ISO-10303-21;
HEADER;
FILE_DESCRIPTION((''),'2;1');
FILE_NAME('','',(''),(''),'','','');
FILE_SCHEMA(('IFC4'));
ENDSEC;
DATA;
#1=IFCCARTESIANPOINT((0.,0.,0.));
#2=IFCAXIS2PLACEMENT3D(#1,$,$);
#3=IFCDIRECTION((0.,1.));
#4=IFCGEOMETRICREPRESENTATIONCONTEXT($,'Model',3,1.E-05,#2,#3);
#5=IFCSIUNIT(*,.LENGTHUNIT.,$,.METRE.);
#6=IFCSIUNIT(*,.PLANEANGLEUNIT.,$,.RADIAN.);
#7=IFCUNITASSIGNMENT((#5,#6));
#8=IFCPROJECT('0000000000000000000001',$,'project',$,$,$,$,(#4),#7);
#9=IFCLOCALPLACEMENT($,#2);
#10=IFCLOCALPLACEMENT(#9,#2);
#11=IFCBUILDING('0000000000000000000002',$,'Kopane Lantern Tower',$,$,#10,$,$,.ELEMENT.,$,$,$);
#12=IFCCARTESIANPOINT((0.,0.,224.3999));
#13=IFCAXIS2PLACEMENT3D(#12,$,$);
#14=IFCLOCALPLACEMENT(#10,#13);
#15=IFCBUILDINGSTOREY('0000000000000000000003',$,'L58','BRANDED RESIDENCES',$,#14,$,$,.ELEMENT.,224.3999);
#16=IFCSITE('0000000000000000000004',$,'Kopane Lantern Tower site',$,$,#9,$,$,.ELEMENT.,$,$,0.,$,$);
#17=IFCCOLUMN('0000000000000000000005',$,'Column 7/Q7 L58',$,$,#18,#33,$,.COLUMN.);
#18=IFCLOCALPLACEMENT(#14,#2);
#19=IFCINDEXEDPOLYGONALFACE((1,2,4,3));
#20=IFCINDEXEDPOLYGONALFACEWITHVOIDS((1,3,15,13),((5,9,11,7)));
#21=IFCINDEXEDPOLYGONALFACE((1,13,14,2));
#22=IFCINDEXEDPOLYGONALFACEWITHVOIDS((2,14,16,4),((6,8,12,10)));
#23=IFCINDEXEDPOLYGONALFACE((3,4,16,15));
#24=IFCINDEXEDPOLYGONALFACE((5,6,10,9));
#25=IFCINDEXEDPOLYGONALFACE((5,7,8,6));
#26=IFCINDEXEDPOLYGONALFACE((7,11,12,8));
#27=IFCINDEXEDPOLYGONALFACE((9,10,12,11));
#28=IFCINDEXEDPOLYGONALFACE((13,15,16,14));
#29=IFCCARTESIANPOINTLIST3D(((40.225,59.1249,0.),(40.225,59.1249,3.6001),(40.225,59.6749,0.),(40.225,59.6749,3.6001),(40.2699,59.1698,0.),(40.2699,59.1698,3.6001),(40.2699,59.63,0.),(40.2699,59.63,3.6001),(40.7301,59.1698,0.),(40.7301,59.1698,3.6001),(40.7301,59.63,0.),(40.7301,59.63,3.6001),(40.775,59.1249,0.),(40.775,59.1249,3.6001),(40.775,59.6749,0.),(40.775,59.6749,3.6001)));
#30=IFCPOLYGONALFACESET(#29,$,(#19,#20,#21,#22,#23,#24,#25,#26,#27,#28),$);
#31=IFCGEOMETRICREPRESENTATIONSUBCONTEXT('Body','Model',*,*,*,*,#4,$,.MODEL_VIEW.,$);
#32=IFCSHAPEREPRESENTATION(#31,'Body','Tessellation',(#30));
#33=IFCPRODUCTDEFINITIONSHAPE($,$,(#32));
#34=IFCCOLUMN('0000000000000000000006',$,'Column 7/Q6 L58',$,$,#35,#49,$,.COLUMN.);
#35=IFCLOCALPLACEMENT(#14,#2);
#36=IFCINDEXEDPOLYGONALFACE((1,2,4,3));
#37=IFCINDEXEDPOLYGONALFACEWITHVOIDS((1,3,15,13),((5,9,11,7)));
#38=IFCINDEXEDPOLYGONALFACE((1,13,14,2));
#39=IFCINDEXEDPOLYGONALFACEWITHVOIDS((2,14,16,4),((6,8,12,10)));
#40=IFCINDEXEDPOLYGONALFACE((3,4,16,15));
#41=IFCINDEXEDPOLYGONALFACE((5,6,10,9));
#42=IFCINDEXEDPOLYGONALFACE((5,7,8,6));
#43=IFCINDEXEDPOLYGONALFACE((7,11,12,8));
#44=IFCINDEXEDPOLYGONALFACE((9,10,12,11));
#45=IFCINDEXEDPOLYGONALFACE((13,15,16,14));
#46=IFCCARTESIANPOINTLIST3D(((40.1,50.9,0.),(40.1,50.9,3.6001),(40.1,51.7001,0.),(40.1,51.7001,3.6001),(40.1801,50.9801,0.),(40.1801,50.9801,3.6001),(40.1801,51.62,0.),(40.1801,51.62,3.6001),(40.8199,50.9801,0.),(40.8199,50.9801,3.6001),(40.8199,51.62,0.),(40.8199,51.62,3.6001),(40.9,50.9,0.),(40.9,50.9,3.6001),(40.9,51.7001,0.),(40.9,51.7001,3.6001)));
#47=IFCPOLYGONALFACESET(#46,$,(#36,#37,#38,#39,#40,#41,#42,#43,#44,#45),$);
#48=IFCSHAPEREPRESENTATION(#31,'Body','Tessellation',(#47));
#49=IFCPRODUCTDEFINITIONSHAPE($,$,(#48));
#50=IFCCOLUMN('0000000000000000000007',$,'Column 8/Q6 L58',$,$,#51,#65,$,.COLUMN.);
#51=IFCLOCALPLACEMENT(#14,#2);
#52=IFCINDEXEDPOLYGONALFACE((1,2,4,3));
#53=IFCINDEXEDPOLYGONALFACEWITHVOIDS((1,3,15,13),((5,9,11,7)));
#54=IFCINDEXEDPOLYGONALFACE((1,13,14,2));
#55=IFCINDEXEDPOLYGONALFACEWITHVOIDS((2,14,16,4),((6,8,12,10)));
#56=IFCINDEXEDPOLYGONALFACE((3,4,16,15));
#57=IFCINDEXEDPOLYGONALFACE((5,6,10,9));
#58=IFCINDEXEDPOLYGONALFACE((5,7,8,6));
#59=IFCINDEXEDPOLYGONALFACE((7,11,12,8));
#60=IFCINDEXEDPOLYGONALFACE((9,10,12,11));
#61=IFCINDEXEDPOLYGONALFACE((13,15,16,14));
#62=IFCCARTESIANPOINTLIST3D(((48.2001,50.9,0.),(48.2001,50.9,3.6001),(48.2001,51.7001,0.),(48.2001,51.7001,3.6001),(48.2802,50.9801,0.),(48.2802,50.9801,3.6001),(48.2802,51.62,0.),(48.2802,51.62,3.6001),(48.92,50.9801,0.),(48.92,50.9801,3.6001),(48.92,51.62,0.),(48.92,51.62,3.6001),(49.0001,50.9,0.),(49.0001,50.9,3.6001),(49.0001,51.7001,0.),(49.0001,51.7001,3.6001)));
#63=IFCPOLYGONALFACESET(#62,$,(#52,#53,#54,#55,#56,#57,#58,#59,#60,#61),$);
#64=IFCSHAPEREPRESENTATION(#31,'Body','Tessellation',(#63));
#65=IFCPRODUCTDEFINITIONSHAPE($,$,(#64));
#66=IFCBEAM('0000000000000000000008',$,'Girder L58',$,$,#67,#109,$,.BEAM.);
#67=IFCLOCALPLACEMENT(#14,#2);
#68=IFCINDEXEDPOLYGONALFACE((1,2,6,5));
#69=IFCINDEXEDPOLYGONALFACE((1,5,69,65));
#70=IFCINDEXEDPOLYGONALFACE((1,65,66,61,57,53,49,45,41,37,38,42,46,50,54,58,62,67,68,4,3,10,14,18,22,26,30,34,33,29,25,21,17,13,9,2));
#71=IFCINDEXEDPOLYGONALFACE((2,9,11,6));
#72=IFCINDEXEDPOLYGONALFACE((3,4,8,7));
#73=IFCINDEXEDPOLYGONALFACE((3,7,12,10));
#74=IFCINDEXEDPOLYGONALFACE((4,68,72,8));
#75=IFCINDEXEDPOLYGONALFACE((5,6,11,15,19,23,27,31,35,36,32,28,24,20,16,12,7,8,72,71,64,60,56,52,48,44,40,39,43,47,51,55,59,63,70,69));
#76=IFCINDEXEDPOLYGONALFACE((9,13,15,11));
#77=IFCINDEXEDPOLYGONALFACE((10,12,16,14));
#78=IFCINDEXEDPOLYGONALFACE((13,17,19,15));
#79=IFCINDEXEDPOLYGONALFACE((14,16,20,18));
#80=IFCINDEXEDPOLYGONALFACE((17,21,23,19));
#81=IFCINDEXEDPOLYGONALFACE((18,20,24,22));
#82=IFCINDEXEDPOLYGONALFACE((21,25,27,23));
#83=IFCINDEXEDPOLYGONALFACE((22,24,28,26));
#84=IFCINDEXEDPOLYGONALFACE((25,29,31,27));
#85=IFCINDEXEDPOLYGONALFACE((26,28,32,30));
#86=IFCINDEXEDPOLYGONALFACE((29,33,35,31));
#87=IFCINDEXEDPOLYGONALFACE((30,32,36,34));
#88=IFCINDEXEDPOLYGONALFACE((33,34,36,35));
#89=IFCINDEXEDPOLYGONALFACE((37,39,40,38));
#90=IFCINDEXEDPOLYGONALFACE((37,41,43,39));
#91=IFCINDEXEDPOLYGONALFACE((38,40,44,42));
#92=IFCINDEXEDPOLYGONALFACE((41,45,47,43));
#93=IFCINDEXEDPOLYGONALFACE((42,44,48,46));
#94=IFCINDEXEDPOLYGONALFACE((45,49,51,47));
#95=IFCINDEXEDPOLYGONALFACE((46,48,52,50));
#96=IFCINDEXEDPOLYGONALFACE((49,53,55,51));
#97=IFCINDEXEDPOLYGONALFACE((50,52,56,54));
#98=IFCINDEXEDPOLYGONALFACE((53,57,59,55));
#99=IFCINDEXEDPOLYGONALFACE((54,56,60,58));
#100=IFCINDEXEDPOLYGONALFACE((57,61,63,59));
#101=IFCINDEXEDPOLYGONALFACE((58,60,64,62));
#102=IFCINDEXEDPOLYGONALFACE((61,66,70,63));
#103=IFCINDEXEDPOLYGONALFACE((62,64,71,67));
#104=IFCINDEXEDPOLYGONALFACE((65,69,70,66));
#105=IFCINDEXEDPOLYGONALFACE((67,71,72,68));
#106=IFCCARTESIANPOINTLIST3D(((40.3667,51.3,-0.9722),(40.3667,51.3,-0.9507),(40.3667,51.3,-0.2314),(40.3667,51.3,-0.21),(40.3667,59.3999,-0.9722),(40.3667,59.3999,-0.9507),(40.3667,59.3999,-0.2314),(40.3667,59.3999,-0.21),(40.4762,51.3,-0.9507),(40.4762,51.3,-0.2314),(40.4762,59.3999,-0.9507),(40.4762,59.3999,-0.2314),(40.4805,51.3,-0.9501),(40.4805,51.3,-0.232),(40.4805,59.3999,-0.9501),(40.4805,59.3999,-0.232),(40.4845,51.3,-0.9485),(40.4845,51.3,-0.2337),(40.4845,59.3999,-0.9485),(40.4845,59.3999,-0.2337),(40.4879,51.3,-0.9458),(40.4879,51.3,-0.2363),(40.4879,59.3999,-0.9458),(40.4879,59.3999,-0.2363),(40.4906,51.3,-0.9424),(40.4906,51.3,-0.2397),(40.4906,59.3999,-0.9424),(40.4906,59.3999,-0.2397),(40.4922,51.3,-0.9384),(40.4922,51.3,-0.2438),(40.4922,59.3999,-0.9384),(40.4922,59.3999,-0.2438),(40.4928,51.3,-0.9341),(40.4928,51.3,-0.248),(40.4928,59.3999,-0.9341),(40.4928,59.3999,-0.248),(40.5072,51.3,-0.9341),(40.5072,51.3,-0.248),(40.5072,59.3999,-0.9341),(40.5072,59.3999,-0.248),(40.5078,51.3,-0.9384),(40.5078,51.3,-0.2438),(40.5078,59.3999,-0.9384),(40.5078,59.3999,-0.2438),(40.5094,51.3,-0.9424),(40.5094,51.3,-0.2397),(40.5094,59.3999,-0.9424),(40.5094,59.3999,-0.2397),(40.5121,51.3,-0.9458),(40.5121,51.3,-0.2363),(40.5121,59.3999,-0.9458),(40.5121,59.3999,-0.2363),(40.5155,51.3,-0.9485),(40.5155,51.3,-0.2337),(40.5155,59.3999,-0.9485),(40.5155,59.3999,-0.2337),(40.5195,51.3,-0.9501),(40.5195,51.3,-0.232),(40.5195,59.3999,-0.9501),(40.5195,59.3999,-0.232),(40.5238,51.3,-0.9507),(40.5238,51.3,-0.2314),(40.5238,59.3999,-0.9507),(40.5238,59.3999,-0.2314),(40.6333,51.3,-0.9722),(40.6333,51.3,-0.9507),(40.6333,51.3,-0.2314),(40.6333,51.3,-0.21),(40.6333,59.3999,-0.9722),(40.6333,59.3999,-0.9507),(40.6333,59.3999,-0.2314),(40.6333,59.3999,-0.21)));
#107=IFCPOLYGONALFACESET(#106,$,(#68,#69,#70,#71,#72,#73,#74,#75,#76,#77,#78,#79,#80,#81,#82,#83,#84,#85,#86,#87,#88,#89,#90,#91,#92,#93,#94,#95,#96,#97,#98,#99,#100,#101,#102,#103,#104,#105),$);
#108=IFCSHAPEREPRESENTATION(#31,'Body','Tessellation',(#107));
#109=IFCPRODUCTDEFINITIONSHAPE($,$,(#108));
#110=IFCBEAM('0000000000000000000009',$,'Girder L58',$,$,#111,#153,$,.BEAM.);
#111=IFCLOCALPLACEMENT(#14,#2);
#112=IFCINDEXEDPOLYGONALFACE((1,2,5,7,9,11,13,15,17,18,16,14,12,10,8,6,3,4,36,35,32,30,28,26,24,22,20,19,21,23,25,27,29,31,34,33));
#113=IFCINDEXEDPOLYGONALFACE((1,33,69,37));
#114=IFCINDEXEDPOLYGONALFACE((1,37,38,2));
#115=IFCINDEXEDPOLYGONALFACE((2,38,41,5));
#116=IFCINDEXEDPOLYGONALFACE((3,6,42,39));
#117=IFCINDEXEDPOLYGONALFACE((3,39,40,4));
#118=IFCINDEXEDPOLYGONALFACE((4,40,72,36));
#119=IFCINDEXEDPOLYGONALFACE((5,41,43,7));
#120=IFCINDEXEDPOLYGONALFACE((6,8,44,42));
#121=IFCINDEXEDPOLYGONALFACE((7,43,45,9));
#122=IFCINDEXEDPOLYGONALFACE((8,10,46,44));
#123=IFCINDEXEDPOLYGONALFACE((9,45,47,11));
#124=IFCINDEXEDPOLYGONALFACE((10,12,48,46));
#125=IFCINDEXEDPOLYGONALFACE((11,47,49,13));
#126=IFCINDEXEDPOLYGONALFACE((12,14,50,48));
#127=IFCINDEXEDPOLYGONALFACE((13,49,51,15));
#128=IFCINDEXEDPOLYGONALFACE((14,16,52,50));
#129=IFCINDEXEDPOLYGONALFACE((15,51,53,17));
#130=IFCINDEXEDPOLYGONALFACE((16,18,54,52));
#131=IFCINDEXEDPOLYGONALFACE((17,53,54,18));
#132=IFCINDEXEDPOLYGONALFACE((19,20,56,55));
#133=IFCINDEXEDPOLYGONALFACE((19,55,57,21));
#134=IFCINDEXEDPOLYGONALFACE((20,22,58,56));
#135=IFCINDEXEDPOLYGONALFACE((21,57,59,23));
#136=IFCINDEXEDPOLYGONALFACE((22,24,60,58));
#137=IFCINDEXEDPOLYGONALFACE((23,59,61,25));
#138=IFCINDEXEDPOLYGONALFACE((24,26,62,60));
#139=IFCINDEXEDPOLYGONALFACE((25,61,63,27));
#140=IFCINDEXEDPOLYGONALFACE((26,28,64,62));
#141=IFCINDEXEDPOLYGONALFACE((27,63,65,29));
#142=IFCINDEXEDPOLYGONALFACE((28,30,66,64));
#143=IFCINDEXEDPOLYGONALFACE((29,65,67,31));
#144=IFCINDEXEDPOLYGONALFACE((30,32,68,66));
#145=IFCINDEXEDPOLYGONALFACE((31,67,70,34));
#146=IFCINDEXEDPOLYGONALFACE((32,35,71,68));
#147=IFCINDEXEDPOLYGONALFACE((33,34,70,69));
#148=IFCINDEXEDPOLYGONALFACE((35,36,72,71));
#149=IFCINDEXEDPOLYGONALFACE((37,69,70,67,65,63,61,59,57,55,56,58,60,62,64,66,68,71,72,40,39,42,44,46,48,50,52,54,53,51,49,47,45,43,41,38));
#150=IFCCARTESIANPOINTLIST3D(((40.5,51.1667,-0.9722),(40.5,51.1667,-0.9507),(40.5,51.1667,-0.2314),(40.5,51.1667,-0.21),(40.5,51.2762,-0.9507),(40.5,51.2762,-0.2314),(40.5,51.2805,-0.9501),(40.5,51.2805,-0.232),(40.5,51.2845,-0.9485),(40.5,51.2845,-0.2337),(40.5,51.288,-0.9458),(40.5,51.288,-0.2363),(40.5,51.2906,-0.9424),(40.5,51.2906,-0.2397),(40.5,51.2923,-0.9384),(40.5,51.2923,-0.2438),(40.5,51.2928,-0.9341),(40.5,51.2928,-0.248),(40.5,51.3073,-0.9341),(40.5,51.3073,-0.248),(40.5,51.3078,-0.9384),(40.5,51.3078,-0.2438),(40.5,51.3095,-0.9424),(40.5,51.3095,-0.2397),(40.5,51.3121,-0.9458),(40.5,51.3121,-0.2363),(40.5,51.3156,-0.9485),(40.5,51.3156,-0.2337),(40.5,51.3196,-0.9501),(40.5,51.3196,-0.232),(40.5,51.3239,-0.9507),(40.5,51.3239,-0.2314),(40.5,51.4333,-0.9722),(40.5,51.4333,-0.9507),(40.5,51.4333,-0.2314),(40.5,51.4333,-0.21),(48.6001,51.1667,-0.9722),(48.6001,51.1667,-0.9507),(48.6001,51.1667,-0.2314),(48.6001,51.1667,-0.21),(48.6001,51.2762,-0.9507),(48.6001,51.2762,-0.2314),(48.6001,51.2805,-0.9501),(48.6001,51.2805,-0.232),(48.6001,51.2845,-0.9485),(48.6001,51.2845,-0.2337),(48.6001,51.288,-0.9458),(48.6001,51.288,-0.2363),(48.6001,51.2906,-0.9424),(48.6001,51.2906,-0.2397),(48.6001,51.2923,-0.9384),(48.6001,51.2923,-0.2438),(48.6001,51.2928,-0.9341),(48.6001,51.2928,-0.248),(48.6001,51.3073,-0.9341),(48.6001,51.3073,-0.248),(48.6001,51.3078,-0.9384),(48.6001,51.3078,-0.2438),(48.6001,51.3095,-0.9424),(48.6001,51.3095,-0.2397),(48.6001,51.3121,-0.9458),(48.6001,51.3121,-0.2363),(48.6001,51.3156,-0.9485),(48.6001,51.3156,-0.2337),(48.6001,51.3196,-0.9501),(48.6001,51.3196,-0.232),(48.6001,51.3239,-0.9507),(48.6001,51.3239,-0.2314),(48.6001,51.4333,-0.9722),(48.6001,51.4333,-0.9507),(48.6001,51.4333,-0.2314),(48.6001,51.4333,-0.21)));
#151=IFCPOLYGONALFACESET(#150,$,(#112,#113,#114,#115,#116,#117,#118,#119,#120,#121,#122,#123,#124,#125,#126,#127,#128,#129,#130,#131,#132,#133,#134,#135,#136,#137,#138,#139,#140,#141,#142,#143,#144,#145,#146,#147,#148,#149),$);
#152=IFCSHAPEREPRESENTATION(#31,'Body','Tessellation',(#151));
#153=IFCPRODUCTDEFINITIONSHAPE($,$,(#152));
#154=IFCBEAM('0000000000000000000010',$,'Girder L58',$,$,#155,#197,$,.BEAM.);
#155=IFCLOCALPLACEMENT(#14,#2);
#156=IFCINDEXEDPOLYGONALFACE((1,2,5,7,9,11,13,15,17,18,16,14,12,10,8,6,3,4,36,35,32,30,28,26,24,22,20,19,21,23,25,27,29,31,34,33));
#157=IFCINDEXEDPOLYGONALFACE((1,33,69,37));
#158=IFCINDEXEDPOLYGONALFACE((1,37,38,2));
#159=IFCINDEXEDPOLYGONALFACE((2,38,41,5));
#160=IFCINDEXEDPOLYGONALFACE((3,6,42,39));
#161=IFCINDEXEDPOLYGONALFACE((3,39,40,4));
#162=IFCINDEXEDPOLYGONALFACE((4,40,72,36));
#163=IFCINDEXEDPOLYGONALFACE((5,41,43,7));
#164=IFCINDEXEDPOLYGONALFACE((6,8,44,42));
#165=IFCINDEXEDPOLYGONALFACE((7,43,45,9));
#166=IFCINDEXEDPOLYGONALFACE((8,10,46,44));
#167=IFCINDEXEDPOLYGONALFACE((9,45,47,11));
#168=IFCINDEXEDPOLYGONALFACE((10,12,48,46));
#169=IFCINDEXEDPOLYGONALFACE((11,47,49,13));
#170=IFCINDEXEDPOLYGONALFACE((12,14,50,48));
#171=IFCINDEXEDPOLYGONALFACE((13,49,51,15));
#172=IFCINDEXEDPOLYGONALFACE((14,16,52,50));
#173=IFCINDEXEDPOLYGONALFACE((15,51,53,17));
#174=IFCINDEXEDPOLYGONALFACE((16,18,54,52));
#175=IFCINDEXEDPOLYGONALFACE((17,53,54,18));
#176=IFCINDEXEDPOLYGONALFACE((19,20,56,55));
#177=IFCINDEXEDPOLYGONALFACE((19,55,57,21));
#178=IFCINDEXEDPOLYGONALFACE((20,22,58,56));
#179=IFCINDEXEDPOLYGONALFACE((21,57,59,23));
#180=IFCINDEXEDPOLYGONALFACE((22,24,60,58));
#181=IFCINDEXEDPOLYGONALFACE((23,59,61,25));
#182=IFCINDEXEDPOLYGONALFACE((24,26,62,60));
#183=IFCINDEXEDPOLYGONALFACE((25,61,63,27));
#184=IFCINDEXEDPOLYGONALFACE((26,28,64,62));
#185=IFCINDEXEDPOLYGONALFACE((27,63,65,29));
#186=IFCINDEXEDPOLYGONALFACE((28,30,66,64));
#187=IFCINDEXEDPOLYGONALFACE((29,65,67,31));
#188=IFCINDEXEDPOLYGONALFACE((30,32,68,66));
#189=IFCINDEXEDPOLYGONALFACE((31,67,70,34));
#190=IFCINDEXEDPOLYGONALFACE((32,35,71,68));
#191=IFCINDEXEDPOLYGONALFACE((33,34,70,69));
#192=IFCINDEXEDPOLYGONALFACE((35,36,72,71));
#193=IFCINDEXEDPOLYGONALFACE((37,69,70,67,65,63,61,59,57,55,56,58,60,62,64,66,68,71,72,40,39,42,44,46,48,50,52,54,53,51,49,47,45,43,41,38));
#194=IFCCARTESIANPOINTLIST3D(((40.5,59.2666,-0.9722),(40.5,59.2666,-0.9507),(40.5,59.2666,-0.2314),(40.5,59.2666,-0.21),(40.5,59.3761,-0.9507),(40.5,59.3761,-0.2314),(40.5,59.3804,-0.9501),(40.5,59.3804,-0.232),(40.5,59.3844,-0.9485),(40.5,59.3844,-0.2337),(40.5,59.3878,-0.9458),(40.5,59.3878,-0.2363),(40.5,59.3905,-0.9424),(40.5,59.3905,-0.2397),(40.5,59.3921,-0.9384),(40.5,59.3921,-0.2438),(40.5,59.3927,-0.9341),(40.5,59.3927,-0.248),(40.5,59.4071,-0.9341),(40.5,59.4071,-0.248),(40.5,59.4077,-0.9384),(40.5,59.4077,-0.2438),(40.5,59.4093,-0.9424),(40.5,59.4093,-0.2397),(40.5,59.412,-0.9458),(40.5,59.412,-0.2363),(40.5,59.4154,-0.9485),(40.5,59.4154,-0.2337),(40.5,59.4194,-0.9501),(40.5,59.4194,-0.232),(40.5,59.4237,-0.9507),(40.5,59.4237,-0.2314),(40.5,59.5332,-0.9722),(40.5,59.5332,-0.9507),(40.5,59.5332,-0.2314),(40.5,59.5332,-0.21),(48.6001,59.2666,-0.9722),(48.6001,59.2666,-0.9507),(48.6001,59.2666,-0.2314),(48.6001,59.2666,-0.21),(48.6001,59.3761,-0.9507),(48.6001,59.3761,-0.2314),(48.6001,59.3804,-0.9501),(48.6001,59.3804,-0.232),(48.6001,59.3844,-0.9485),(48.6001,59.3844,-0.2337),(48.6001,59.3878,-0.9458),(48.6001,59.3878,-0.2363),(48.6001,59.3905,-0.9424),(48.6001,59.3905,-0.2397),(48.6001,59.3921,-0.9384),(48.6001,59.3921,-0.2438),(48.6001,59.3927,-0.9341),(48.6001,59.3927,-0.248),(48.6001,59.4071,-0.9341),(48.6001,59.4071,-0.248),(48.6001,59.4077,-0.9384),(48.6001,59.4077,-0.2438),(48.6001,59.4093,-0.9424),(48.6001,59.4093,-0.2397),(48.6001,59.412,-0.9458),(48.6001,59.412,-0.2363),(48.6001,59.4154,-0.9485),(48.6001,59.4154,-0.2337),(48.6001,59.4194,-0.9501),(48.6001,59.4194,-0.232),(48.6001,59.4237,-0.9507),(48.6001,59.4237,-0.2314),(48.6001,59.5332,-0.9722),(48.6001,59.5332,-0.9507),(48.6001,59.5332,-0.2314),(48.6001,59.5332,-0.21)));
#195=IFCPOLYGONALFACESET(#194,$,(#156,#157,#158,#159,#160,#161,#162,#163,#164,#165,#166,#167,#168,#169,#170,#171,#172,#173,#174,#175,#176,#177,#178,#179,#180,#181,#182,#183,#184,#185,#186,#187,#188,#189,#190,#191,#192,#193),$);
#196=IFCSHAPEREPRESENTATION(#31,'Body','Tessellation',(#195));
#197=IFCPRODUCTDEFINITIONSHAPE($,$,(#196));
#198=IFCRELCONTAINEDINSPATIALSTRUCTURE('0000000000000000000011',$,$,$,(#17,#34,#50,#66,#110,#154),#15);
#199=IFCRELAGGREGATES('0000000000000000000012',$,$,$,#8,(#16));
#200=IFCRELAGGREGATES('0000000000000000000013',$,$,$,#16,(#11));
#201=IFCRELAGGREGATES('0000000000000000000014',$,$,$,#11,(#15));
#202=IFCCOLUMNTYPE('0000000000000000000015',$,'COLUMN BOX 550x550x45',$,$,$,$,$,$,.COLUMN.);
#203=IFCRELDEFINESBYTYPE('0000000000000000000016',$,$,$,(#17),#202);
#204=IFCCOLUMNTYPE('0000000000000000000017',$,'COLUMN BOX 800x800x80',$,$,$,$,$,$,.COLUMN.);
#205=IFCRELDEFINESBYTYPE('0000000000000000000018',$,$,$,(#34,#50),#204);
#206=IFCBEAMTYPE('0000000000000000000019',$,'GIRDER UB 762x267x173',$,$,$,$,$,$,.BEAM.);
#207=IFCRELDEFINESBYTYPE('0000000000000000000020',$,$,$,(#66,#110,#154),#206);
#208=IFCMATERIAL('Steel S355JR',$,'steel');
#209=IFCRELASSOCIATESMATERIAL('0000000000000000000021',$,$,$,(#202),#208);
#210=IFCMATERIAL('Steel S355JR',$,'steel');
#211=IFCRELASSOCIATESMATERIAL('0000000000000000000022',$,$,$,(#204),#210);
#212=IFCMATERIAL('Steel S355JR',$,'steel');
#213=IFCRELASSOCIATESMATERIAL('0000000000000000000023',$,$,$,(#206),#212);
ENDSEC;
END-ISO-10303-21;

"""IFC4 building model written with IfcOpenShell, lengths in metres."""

from ifc_helpers import new_model, si_unit, direction, frame, origin, origin_2d, place, context, subcontext, project, spatial, hollow_rectangle, i_section, extrude, material, material_profile, profile_set, type_object, element, save


model = new_model("IFC4")

# Units and contexts
model_context = context("Model", 3, precision=1e-05, world=origin(), true_north=direction((0.0, 1.0)))
body_context = subcontext(model_context, "Body", "Model", "MODEL_VIEW")
ifc_project = project(units=[si_unit("LENGTHUNIT", "METRE"), si_unit("PLANEANGLEUNIT", "RADIAN")], contexts=[model_context])

# Site, building, storey
site_placement = place(None, origin())
site = spatial("IfcSite", under=ifc_project, at=site_placement, Name="Kopane Lantern Tower site", CompositionType="ELEMENT", RefElevation=0.0)
building_placement = place(site_placement, origin())
building = spatial("IfcBuilding", under=site, at=building_placement, Name="Kopane Lantern Tower", CompositionType="ELEMENT")
storey_placement = place(building_placement, frame((0.0, 0.0, 224.3999)))
storey = spatial("IfcBuildingStorey", under=building, at=storey_placement, Name="L58", Description="BRANDED RESIDENCES", CompositionType="ELEMENT", Elevation=224.3999)

# Columns
ifc_material_1 = material(Name="Steel S355JR", Category="steel")
ifc_material_profile_1 = material_profile(ifc_material_1, hollow_rectangle(XDim=0.55, YDim=0.55, WallThickness=0.0449, at=origin_2d()), Name="BOX 550x550x45")
ifc_profile_set_1 = profile_set([ifc_material_profile_1], Name="Steel S355JR")
column_type_1 = type_object("IfcColumnType", Name="COLUMN BOX 550x550x45", PredefinedType="COLUMN", material=ifc_profile_set_1)
column_placement = place(storey_placement, frame((40.5, 59.3999, 0.0), z_axis=(0.0, 0.0, 1.0), x_axis=(1.0, 0.0, 0.0)))
element("IfcColumn", 1, at=column_placement, inside=storey, type_object=column_type_1, Name="Column 7/Q7 L58", PredefinedType="COLUMN", context=body_context, shape_type="SweptSolid", body=[
    extrude(hollow_rectangle(XDim=0.55, YDim=0.55, WallThickness=0.0449, at=origin_2d()), origin(), (0.0, 0.0, 1.0), 3.6001),
])
ifc_material_2 = material(Name="Steel S355JR", Category="steel")
ifc_material_profile_2 = material_profile(ifc_material_2, hollow_rectangle(XDim=0.8, YDim=0.8, WallThickness=0.0801, at=origin_2d()), Name="BOX 800x800x80")
ifc_profile_set_2 = profile_set([ifc_material_profile_2], Name="Steel S355JR")
column_type_2 = type_object("IfcColumnType", Name="COLUMN BOX 800x800x80", PredefinedType="COLUMN", material=ifc_profile_set_2)
for number, where, z_axis, x_axis, name in (
    (2, (40.5, 51.3, 0.0), (0.0, 0.0, 1.0), (1.0, 0.0, 0.0), "Column 7/Q6 L58"),
    (3, (48.6001, 51.3, 0.0), (0.0, 0.0, 1.0), (1.0, 0.0, 0.0), "Column 8/Q6 L58"),
):
    element("IfcColumn", number, at=place(storey_placement, frame(where, z_axis=z_axis, x_axis=x_axis)), inside=storey, type_object=column_type_2, Name=name, PredefinedType="COLUMN", context=body_context, shape_type="SweptSolid", body=[
        extrude(hollow_rectangle(XDim=0.8, YDim=0.8, WallThickness=0.0801, at=origin_2d()), origin(), (0.0, 0.0, 1.0), 3.6001),
    ])

# Beams
ifc_material_3 = material(Name="Steel S355JR", Category="steel")
ifc_material_profile_3 = material_profile(ifc_material_3, i_section(OverallWidth=0.2666, OverallDepth=0.7622, WebThickness=0.0144, FlangeThickness=0.0215, FilletRadius=0.0166, at=origin_2d()), Name="UB 762x267x173")
ifc_profile_set_3 = profile_set([ifc_material_profile_3], Name="Steel S355JR")
beam_type = type_object("IfcBeamType", Name="GIRDER UB 762x267x173", PredefinedType="BEAM", material=ifc_profile_set_3)
beam_placement = place(storey_placement, frame((40.5, 51.3, -0.5911), z_axis=(0.0, 1.0, 0.0), x_axis=(-1.0, 0.0, 0.0)))
element("IfcBeam", 4, at=beam_placement, inside=storey, type_object=beam_type, Name="Girder L58", PredefinedType="BEAM", context=body_context, shape_type="SweptSolid", body=[
    extrude(i_section(OverallWidth=0.2666, OverallDepth=0.7622, WebThickness=0.0144, FlangeThickness=0.0215, FilletRadius=0.0166, at=origin_2d()), origin(), (0.0, 0.0, 1.0), 8.0999),
])
for number, where, z_axis, x_axis, name in (
    (5, (40.5, 51.3, -0.5911), (1.0, 0.0, 0.0), (0.0, 1.0, 0.0), "Girder L58"),
    (6, (40.5, 59.3999, -0.5911), (1.0, 0.0, 0.0), (0.0, 1.0, 0.0), "Girder L58"),
):
    element("IfcBeam", number, at=place(storey_placement, frame(where, z_axis=z_axis, x_axis=x_axis)), inside=storey, type_object=beam_type, Name=name, PredefinedType="BEAM", context=body_context, shape_type="SweptSolid", body=[
        extrude(i_section(OverallWidth=0.2666, OverallDepth=0.7622, WebThickness=0.0144, FlangeThickness=0.0215, FilletRadius=0.0166, at=origin_2d()), origin(), (0.0, 0.0, 1.0), 8.1001),
    ])

save(model, "model.ifc")
